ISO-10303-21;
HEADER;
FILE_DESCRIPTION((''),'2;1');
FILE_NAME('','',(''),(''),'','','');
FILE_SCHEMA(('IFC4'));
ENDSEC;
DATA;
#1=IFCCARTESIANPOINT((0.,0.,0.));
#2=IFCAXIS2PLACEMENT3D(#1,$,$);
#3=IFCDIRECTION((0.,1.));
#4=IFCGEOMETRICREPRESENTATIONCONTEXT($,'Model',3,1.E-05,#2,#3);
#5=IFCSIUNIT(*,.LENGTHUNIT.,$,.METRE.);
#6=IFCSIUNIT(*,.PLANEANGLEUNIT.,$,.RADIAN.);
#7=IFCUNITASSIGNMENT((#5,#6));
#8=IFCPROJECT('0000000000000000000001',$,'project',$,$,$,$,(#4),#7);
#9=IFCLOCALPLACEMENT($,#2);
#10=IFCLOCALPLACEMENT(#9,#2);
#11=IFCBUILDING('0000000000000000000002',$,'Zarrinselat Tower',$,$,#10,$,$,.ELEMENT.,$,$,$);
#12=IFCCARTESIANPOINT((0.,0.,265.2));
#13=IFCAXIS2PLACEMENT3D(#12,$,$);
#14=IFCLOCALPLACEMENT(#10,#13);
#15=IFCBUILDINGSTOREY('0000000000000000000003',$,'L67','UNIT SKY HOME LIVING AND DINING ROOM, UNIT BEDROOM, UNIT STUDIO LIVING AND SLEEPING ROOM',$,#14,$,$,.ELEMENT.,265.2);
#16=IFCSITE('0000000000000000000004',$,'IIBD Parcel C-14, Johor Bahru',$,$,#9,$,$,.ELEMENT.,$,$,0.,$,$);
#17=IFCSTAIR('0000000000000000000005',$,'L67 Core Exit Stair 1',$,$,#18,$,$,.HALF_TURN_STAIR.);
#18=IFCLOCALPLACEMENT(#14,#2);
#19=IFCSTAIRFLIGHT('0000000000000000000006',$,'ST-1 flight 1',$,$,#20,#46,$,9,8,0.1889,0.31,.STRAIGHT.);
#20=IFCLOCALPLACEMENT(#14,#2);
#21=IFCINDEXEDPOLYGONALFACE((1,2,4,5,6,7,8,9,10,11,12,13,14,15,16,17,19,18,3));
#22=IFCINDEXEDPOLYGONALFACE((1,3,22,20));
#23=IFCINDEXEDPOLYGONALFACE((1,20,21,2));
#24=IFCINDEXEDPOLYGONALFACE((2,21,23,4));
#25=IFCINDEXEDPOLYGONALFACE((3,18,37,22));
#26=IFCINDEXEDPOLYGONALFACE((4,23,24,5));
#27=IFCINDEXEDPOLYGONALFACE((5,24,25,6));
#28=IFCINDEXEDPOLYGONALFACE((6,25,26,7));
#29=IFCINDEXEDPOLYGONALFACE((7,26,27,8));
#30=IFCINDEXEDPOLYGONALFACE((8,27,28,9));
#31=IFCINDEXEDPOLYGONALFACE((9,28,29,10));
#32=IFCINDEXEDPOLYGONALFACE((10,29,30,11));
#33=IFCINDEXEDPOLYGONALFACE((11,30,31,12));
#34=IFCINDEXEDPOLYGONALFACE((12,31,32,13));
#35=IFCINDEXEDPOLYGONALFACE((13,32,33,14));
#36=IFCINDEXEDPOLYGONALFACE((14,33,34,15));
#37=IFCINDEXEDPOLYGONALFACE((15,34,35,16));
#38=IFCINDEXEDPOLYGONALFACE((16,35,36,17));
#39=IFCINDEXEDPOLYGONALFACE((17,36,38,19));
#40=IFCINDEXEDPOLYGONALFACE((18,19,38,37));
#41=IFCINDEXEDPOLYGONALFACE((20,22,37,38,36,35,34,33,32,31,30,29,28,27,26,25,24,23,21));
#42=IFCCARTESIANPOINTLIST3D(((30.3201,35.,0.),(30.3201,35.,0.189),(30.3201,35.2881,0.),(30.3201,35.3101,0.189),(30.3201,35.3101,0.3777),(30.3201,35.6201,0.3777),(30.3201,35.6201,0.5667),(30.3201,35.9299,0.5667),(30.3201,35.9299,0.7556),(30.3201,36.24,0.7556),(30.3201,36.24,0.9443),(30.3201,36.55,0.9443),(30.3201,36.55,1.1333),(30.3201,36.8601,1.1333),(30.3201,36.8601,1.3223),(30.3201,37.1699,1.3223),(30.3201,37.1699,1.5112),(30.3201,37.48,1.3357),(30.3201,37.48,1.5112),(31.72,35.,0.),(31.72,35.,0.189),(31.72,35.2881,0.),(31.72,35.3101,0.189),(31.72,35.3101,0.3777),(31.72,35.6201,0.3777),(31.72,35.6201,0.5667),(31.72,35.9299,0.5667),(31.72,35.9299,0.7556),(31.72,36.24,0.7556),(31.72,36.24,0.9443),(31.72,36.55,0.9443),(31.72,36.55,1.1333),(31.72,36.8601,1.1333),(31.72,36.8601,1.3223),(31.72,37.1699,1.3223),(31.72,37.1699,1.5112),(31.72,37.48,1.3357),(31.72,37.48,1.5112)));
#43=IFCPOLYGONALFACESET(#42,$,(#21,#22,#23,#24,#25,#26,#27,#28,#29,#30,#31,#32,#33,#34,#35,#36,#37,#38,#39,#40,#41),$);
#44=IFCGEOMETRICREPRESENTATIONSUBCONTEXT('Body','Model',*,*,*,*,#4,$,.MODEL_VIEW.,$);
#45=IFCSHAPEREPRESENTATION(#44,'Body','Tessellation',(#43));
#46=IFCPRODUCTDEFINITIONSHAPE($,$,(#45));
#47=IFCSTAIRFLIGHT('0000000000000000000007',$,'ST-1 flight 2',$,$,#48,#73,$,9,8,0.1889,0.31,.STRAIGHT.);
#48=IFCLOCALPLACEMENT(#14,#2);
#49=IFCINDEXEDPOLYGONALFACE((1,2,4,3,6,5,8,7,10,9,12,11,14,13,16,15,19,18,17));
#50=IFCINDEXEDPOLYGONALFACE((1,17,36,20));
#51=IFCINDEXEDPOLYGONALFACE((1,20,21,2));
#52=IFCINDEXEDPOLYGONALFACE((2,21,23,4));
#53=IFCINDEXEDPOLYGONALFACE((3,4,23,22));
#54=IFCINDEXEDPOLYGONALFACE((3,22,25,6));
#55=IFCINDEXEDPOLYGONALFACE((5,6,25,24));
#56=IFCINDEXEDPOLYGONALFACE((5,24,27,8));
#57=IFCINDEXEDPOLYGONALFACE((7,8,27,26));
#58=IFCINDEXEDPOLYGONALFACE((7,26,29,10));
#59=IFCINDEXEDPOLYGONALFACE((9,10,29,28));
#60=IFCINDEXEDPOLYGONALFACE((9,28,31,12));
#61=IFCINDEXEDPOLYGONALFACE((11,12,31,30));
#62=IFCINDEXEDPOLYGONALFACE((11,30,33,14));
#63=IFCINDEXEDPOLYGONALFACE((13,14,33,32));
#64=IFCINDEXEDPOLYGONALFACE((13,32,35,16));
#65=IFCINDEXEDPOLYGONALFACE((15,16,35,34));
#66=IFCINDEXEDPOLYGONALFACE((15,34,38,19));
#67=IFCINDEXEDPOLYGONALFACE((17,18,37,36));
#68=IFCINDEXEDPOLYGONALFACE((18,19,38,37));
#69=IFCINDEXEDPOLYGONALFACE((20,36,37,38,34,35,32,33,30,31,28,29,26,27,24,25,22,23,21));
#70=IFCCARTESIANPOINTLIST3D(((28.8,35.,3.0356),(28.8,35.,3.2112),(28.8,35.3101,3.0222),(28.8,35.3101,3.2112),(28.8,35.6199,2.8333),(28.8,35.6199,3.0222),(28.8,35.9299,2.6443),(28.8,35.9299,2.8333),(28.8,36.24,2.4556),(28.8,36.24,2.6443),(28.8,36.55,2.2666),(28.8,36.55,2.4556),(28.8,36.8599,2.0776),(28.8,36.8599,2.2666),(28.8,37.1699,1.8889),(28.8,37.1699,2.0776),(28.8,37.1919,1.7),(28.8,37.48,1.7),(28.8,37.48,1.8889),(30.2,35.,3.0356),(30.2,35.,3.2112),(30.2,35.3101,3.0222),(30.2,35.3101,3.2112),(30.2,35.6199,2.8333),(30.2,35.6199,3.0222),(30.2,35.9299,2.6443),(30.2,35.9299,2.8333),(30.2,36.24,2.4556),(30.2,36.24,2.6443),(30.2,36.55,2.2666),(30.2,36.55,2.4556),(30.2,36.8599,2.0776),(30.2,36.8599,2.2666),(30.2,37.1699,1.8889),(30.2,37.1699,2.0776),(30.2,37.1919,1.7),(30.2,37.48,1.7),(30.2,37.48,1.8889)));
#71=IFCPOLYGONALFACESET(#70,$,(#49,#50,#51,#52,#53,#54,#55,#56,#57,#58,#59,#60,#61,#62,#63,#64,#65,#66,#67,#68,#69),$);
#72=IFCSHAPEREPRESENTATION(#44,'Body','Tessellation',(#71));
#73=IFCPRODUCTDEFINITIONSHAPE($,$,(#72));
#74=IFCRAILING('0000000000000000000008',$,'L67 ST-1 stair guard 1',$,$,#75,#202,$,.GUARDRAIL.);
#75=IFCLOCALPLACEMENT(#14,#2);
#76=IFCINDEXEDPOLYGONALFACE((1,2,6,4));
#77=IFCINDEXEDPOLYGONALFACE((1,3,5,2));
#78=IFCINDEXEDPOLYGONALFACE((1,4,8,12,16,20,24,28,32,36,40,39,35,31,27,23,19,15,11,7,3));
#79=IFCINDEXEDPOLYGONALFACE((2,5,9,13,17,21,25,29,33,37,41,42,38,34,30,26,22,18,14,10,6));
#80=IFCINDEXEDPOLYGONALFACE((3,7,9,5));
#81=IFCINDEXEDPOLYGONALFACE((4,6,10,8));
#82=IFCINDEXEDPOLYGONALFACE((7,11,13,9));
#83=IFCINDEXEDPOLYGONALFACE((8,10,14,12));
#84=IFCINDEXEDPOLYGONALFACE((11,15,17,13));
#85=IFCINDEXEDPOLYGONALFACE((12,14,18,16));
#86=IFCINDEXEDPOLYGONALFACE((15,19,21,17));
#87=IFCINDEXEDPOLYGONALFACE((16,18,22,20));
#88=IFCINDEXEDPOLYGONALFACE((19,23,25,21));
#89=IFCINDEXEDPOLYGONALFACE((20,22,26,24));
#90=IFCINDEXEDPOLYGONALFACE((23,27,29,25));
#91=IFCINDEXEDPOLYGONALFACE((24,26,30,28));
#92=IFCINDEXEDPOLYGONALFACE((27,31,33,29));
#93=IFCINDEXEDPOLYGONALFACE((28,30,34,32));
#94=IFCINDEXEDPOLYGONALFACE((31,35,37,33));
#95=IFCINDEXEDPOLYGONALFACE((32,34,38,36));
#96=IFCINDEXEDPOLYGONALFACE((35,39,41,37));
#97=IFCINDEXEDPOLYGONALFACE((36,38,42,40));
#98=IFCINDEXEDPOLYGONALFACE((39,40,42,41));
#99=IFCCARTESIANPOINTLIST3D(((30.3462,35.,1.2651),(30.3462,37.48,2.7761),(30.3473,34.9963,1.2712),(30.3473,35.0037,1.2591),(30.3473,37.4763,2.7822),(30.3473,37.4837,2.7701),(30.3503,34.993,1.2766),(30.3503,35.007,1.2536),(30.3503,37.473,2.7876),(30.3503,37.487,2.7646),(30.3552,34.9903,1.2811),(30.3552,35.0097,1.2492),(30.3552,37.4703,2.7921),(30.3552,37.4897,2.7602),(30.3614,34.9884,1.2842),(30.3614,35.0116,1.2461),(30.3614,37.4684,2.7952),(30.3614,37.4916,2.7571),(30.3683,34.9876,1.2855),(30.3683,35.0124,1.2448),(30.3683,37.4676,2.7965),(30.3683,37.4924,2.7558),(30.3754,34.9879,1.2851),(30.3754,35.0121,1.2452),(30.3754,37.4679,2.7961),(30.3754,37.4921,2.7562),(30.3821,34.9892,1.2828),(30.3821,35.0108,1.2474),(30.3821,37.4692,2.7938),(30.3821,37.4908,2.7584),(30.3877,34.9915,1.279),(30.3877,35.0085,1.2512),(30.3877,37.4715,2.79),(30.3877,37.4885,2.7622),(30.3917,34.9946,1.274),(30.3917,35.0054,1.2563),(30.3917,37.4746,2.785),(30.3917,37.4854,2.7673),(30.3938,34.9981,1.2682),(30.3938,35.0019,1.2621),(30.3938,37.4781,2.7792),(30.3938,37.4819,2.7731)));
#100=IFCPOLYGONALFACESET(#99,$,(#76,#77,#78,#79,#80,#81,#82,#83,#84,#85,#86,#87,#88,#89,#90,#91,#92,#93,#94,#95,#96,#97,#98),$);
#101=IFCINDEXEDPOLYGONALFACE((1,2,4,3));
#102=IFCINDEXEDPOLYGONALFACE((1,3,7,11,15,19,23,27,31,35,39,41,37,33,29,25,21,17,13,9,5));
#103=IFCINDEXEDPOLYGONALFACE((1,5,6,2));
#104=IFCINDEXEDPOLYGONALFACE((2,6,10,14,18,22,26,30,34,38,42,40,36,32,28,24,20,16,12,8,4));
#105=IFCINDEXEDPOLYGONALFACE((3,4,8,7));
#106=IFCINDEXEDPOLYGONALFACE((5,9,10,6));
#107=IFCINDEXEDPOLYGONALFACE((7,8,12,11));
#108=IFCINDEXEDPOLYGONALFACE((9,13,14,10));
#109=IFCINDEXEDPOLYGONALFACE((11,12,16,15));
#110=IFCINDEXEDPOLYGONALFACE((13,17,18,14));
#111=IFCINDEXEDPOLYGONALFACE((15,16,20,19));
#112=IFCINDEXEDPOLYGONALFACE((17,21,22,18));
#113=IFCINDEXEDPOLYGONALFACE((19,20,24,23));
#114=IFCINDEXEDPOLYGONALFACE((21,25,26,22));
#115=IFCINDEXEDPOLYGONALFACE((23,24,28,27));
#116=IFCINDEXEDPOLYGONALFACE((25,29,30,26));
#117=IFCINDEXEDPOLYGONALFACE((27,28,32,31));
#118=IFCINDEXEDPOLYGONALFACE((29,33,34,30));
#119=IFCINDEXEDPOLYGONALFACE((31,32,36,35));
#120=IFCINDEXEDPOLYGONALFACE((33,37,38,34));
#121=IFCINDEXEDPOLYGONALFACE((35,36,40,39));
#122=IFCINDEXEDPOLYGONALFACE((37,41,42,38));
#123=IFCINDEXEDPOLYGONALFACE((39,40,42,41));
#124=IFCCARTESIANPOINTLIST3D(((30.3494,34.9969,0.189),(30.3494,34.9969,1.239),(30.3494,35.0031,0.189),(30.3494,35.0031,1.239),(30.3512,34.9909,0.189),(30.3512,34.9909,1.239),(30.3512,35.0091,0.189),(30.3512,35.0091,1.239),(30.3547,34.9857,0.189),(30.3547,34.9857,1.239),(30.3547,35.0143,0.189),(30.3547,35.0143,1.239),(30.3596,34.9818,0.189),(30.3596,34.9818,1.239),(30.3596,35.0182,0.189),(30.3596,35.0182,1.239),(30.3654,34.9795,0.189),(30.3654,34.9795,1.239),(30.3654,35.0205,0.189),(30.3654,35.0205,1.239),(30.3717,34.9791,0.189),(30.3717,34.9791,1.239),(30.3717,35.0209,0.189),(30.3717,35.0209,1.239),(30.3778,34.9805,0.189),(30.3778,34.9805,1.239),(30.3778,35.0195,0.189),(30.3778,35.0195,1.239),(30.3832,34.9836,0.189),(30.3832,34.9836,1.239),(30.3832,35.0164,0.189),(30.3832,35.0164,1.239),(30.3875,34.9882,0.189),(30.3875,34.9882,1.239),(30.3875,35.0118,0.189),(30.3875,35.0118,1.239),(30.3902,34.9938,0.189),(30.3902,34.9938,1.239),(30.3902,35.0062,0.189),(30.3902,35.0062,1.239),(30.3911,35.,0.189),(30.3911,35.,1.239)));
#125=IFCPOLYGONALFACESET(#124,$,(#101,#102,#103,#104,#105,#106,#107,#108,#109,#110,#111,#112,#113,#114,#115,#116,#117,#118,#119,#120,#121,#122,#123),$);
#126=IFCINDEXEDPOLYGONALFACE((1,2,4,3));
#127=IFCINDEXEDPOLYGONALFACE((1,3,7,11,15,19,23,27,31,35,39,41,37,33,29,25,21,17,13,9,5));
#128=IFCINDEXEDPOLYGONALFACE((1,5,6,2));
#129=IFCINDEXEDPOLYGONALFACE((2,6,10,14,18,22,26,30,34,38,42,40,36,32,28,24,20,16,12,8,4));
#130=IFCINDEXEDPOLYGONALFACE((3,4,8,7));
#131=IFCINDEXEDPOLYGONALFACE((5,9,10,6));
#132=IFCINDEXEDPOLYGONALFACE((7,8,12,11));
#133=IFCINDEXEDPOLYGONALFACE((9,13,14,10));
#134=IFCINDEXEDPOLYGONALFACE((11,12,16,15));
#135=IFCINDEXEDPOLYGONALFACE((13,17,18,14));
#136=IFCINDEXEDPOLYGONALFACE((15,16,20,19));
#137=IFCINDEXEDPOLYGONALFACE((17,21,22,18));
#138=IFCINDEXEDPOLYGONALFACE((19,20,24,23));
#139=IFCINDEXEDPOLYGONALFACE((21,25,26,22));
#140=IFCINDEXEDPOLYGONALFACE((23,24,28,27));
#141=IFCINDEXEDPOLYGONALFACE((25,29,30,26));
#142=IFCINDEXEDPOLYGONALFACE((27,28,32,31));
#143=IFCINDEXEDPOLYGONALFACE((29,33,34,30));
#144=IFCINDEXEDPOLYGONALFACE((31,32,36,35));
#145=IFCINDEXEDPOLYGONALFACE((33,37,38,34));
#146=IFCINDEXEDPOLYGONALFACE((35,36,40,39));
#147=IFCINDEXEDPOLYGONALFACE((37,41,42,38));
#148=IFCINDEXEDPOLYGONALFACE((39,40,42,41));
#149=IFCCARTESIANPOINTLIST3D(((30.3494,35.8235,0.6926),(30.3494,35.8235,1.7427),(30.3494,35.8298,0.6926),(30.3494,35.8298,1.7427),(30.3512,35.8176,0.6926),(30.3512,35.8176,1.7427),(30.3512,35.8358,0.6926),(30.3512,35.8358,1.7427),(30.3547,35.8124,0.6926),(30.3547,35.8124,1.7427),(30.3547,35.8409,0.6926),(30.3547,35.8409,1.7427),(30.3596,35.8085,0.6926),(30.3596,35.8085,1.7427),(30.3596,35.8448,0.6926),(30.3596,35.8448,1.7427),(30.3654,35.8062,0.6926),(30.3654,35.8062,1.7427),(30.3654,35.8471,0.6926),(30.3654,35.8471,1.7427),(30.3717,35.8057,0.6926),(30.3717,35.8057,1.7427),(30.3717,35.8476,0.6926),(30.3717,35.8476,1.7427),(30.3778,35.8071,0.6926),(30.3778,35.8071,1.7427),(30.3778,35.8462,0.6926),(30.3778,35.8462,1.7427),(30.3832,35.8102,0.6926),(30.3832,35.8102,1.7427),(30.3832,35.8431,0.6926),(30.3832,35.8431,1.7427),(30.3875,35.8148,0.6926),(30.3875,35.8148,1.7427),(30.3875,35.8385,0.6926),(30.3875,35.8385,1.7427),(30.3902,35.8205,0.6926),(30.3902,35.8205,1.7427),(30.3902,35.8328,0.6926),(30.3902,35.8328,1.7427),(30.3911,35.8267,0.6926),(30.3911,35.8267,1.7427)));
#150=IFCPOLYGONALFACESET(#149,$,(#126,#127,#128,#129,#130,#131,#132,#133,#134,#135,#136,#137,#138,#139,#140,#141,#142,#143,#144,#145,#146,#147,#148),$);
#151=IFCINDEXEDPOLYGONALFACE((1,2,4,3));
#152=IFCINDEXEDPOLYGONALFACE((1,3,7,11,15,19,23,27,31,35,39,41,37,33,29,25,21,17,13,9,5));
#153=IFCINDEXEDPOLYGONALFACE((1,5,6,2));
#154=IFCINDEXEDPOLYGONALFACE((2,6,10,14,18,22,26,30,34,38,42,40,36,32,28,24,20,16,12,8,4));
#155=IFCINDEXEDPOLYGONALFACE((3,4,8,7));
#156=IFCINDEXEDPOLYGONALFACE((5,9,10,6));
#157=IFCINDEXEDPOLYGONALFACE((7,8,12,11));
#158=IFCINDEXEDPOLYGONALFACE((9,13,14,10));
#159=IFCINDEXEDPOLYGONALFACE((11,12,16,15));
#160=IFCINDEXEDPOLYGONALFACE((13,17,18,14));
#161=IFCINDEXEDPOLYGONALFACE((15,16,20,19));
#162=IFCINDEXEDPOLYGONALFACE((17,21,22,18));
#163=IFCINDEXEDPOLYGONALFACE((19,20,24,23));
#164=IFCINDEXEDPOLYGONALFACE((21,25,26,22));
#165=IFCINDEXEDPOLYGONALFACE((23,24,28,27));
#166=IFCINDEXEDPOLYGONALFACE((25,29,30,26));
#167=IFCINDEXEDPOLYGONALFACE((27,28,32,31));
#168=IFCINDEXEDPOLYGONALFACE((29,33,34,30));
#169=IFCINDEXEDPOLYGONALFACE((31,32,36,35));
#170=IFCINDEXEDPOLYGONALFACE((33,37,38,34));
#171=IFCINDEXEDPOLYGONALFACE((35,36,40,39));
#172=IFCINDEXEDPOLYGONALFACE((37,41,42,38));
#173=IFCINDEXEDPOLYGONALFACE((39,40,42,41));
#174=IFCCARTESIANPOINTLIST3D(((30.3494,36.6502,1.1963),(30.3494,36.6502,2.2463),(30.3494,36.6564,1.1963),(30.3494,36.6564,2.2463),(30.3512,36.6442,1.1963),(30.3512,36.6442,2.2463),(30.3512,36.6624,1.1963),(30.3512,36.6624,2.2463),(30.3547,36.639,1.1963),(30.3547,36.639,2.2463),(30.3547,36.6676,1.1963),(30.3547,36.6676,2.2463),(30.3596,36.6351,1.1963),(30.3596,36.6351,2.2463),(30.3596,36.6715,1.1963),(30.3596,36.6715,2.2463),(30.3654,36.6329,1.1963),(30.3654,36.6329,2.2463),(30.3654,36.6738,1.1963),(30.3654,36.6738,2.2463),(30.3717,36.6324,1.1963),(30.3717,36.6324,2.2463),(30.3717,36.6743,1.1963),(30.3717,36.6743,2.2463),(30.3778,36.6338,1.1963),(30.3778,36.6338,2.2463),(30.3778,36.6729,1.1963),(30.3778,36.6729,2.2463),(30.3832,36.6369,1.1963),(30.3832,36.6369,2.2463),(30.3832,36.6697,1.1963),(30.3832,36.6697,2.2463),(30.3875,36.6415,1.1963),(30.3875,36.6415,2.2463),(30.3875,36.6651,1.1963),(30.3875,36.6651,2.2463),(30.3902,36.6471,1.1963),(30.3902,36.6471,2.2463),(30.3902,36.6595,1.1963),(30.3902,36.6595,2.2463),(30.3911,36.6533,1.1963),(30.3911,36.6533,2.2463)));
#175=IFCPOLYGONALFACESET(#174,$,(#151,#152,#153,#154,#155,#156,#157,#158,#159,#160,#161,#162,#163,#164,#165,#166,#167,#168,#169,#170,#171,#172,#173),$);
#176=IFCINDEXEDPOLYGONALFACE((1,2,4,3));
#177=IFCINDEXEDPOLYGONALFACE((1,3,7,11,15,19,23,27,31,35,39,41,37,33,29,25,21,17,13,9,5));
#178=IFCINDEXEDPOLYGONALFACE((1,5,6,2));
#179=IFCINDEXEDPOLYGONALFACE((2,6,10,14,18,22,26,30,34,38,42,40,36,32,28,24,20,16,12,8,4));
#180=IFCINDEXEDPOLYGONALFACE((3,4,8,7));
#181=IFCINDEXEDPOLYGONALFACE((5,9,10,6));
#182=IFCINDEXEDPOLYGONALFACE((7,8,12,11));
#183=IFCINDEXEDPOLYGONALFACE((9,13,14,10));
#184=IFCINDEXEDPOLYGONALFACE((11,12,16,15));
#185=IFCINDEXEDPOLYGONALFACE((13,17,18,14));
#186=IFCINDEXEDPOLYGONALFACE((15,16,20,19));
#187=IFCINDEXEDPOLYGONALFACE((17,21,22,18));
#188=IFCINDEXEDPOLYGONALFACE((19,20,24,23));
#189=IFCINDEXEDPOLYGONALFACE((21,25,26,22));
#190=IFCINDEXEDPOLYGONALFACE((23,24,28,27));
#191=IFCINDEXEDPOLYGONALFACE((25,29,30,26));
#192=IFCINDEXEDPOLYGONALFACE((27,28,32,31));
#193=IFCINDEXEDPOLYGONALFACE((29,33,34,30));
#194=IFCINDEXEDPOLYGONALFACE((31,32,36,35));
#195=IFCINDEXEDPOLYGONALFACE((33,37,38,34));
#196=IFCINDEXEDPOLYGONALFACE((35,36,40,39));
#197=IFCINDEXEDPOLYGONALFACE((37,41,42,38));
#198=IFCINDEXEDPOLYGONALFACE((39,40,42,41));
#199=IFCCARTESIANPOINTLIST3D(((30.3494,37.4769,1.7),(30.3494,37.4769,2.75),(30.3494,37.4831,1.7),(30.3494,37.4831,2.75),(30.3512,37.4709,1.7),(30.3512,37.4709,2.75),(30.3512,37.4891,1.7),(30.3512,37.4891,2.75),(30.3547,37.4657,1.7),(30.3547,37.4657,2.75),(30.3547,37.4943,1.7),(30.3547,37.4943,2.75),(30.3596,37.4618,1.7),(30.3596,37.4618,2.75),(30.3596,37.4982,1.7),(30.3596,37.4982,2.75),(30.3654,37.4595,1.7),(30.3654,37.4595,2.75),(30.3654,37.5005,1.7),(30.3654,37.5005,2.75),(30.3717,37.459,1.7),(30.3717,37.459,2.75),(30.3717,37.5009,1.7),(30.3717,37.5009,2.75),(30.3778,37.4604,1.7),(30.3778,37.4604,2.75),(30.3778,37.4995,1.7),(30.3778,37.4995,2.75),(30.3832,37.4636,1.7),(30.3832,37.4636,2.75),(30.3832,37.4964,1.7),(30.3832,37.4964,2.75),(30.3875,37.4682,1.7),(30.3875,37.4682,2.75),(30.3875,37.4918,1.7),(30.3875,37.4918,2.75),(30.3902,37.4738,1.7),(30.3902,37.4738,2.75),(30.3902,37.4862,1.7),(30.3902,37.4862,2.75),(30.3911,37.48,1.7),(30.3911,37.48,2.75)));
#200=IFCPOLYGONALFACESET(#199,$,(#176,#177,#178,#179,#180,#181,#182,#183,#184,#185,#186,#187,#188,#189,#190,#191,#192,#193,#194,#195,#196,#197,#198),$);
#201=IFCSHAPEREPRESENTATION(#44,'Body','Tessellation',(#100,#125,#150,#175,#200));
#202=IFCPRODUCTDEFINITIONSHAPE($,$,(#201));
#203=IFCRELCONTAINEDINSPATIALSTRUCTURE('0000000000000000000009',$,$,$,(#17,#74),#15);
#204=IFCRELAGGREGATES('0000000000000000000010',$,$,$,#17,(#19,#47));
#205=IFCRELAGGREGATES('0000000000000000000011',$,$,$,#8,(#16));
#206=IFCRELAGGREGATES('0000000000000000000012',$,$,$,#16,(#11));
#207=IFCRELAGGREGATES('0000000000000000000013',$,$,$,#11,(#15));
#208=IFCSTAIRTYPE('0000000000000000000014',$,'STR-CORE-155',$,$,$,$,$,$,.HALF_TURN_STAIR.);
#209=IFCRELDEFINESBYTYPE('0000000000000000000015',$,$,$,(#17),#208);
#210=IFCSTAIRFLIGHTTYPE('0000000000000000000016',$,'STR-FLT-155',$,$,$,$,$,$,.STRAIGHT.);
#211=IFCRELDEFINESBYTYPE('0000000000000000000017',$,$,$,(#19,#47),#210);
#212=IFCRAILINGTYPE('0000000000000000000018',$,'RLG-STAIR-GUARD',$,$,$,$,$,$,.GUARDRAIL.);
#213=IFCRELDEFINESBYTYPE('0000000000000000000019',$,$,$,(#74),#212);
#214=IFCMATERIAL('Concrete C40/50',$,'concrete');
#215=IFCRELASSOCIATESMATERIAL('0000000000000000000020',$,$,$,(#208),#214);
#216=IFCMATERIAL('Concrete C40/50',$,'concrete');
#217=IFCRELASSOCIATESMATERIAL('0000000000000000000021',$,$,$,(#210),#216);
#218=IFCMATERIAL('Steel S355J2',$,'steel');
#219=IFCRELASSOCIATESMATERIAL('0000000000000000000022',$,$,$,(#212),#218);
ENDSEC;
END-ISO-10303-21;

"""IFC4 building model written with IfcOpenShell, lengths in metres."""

from ifc_helpers import new_model, si_unit, direction, frame, origin, origin_2d, place, context, subcontext, project, spatial, polyline, circle, outline, extrude, material, type_object, element, aggregate, save


model = new_model("IFC4")

# Units and contexts
model_context = context("Model", 3, precision=1e-05, world=origin(), true_north=direction((0.0, 1.0)))
body_context = subcontext(model_context, "Body", "Model", "MODEL_VIEW")
ifc_project = project(units=[si_unit("LENGTHUNIT", "METRE"), si_unit("PLANEANGLEUNIT", "RADIAN")], contexts=[model_context])

# Site, building, storey
site_placement = place(None, origin())
site = spatial("IfcSite", under=ifc_project, at=site_placement, Name="IIBD Parcel C-14, Johor Bahru", CompositionType="ELEMENT", RefElevation=0.0)
building_placement = place(site_placement, origin())
building = spatial("IfcBuilding", under=site, at=building_placement, Name="Zarrinselat Tower", CompositionType="ELEMENT")
storey_placement = place(building_placement, frame((0.0, 0.0, 265.2)))
storey = spatial("IfcBuildingStorey", under=building, at=storey_placement, Name="L67", Description="UNIT SKY HOME LIVING AND DINING ROOM, UNIT BEDROOM, UNIT STUDIO LIVING AND SLEEPING ROOM", CompositionType="ELEMENT", Elevation=265.2)

# Stair, stair flights
ifc_material_1 = material(Name="Concrete C40/50", Category="concrete")
stair_type = type_object("IfcStairType", Name="STR-CORE-155", PredefinedType="HALF_TURN_STAIR", material=ifc_material_1)
stair_placement = place(storey_placement, origin())
stair = element("IfcStair", 1, at=stair_placement, inside=storey, type_object=stair_type, Name="L67 Core Exit Stair 1", PredefinedType="HALF_TURN_STAIR")
ifc_material_2 = material(Name="Concrete C40/50", Category="concrete")
stair_flight_type = type_object("IfcStairFlightType", Name="STR-FLT-155", PredefinedType="STRAIGHT", material=ifc_material_2)
stair_flight_1_placement = place(storey_placement, frame((31.02, 35.0, 0.0), z_axis=(0.0, 0.0, 1.0), x_axis=(0.0, 1.0, 0.0)))
stair_flight_1 = element("IfcStairFlight", 2, at=stair_flight_1_placement, type_object=stair_flight_type, Name="ST-1 flight 1", NumberOfRisers=9, NumberOfTreads=8, PredefinedType="STRAIGHT", RiserHeight=0.1889, TreadLength=0.31, context=body_context, shape_type="SweptSolid", body=[
    extrude(outline(polyline([(0.0, 0.0), (0.0, 0.189), (0.3101, 0.189), (0.3101, 0.3777), (0.6201, 0.3777), (0.6201, 0.5667), (0.9299, 0.5667), (0.9299, 0.7556), (1.24, 0.7556), (1.24, 0.9443), (1.55, 0.9443), (1.55, 1.1333), (1.8601, 1.1333), (1.8601, 1.3223), (2.1699, 1.3223), (2.1699, 1.5112), (2.48, 1.5112), (2.48, 1.7), (2.48, 1.3357), (0.2881, 0.0), (0.0, 0.0)])), frame((0.0, 0.7, 0.0), z_axis=(0.0, -1.0, 0.0), x_axis=(1.0, 0.0, 0.0)), (0.0, 0.0, 1.0), 1.3999),
])
stair_flight_2_placement = place(storey_placement, frame((29.5, 37.48, 1.7), z_axis=(0.0, 0.0, 1.0), x_axis=(0.0, -1.0, 0.0)))
stair_flight_2 = element("IfcStairFlight", 3, at=stair_flight_2_placement, type_object=stair_flight_type, Name="ST-1 flight 2", NumberOfRisers=9, NumberOfTreads=8, PredefinedType="STRAIGHT", RiserHeight=0.1889, TreadLength=0.31, context=body_context, shape_type="SweptSolid", body=[
    extrude(outline(polyline([(0.0, 0.0), (0.0, 0.189), (0.3101, 0.189), (0.3101, 0.3777), (0.6201, 0.3777), (0.6201, 0.5667), (0.9299, 0.5667), (0.9299, 0.7556), (1.24, 0.7556), (1.24, 0.9443), (1.55, 0.9443), (1.55, 1.1333), (1.8601, 1.1333), (1.8601, 1.3223), (2.1699, 1.3223), (2.1699, 1.5112), (2.48, 1.5112), (2.48, 1.7), (2.48, 1.3357), (0.2881, 0.0), (0.0, 0.0)])), frame((0.0, 0.7, 0.0), z_axis=(0.0, -1.0, 0.0), x_axis=(1.0, 0.0, 0.0)), (0.0, 0.0, 1.0), 1.3999),
])
aggregate(stair, [stair_flight_1, stair_flight_2])

# Railing
ifc_material_3 = material(Name="Steel S355J2", Category="steel")
railing_type_1 = type_object("IfcRailingType", Name="RLG-STAIR-GUARD", PredefinedType="GUARDRAIL", material=ifc_material_3)
railing_1_placement = place(storey_placement, frame((30.3701, 35.0, 0.189)))
element("IfcRailing", 4, at=railing_1_placement, inside=storey, type_object=railing_type_1, Name="L67 ST-1 stair guard 1", PredefinedType="GUARDRAIL", context=body_context, shape_type="SweptSolid", body=[
    extrude(circle(Radius=0.0239, at=origin_2d()), frame((0.0, 0.0, 1.0762), z_axis=(0.0, 0.853979, 0.520307), x_axis=(-1.0, 0.0, 0.0)), (0.0, 0.0, 1.0), 2.9041),
    extrude(circle(Radius=0.021, at=origin_2d()), origin(), (0.0, 0.0, 1.0), 1.05),
    extrude(circle(Radius=0.021, at=origin_2d()), frame((0.0, 0.8267, 0.5037)), (0.0, 0.0, 1.0), 1.05),
    extrude(circle(Radius=0.021, at=origin_2d()), frame((0.0, 1.6533, 1.0073)), (0.0, 0.0, 1.0), 1.05),
    extrude(circle(Radius=0.021, at=origin_2d()), frame((0.0, 2.48, 1.511)), (0.0, 0.0, 1.0), 1.05),
])

save(model, "model.ifc")
